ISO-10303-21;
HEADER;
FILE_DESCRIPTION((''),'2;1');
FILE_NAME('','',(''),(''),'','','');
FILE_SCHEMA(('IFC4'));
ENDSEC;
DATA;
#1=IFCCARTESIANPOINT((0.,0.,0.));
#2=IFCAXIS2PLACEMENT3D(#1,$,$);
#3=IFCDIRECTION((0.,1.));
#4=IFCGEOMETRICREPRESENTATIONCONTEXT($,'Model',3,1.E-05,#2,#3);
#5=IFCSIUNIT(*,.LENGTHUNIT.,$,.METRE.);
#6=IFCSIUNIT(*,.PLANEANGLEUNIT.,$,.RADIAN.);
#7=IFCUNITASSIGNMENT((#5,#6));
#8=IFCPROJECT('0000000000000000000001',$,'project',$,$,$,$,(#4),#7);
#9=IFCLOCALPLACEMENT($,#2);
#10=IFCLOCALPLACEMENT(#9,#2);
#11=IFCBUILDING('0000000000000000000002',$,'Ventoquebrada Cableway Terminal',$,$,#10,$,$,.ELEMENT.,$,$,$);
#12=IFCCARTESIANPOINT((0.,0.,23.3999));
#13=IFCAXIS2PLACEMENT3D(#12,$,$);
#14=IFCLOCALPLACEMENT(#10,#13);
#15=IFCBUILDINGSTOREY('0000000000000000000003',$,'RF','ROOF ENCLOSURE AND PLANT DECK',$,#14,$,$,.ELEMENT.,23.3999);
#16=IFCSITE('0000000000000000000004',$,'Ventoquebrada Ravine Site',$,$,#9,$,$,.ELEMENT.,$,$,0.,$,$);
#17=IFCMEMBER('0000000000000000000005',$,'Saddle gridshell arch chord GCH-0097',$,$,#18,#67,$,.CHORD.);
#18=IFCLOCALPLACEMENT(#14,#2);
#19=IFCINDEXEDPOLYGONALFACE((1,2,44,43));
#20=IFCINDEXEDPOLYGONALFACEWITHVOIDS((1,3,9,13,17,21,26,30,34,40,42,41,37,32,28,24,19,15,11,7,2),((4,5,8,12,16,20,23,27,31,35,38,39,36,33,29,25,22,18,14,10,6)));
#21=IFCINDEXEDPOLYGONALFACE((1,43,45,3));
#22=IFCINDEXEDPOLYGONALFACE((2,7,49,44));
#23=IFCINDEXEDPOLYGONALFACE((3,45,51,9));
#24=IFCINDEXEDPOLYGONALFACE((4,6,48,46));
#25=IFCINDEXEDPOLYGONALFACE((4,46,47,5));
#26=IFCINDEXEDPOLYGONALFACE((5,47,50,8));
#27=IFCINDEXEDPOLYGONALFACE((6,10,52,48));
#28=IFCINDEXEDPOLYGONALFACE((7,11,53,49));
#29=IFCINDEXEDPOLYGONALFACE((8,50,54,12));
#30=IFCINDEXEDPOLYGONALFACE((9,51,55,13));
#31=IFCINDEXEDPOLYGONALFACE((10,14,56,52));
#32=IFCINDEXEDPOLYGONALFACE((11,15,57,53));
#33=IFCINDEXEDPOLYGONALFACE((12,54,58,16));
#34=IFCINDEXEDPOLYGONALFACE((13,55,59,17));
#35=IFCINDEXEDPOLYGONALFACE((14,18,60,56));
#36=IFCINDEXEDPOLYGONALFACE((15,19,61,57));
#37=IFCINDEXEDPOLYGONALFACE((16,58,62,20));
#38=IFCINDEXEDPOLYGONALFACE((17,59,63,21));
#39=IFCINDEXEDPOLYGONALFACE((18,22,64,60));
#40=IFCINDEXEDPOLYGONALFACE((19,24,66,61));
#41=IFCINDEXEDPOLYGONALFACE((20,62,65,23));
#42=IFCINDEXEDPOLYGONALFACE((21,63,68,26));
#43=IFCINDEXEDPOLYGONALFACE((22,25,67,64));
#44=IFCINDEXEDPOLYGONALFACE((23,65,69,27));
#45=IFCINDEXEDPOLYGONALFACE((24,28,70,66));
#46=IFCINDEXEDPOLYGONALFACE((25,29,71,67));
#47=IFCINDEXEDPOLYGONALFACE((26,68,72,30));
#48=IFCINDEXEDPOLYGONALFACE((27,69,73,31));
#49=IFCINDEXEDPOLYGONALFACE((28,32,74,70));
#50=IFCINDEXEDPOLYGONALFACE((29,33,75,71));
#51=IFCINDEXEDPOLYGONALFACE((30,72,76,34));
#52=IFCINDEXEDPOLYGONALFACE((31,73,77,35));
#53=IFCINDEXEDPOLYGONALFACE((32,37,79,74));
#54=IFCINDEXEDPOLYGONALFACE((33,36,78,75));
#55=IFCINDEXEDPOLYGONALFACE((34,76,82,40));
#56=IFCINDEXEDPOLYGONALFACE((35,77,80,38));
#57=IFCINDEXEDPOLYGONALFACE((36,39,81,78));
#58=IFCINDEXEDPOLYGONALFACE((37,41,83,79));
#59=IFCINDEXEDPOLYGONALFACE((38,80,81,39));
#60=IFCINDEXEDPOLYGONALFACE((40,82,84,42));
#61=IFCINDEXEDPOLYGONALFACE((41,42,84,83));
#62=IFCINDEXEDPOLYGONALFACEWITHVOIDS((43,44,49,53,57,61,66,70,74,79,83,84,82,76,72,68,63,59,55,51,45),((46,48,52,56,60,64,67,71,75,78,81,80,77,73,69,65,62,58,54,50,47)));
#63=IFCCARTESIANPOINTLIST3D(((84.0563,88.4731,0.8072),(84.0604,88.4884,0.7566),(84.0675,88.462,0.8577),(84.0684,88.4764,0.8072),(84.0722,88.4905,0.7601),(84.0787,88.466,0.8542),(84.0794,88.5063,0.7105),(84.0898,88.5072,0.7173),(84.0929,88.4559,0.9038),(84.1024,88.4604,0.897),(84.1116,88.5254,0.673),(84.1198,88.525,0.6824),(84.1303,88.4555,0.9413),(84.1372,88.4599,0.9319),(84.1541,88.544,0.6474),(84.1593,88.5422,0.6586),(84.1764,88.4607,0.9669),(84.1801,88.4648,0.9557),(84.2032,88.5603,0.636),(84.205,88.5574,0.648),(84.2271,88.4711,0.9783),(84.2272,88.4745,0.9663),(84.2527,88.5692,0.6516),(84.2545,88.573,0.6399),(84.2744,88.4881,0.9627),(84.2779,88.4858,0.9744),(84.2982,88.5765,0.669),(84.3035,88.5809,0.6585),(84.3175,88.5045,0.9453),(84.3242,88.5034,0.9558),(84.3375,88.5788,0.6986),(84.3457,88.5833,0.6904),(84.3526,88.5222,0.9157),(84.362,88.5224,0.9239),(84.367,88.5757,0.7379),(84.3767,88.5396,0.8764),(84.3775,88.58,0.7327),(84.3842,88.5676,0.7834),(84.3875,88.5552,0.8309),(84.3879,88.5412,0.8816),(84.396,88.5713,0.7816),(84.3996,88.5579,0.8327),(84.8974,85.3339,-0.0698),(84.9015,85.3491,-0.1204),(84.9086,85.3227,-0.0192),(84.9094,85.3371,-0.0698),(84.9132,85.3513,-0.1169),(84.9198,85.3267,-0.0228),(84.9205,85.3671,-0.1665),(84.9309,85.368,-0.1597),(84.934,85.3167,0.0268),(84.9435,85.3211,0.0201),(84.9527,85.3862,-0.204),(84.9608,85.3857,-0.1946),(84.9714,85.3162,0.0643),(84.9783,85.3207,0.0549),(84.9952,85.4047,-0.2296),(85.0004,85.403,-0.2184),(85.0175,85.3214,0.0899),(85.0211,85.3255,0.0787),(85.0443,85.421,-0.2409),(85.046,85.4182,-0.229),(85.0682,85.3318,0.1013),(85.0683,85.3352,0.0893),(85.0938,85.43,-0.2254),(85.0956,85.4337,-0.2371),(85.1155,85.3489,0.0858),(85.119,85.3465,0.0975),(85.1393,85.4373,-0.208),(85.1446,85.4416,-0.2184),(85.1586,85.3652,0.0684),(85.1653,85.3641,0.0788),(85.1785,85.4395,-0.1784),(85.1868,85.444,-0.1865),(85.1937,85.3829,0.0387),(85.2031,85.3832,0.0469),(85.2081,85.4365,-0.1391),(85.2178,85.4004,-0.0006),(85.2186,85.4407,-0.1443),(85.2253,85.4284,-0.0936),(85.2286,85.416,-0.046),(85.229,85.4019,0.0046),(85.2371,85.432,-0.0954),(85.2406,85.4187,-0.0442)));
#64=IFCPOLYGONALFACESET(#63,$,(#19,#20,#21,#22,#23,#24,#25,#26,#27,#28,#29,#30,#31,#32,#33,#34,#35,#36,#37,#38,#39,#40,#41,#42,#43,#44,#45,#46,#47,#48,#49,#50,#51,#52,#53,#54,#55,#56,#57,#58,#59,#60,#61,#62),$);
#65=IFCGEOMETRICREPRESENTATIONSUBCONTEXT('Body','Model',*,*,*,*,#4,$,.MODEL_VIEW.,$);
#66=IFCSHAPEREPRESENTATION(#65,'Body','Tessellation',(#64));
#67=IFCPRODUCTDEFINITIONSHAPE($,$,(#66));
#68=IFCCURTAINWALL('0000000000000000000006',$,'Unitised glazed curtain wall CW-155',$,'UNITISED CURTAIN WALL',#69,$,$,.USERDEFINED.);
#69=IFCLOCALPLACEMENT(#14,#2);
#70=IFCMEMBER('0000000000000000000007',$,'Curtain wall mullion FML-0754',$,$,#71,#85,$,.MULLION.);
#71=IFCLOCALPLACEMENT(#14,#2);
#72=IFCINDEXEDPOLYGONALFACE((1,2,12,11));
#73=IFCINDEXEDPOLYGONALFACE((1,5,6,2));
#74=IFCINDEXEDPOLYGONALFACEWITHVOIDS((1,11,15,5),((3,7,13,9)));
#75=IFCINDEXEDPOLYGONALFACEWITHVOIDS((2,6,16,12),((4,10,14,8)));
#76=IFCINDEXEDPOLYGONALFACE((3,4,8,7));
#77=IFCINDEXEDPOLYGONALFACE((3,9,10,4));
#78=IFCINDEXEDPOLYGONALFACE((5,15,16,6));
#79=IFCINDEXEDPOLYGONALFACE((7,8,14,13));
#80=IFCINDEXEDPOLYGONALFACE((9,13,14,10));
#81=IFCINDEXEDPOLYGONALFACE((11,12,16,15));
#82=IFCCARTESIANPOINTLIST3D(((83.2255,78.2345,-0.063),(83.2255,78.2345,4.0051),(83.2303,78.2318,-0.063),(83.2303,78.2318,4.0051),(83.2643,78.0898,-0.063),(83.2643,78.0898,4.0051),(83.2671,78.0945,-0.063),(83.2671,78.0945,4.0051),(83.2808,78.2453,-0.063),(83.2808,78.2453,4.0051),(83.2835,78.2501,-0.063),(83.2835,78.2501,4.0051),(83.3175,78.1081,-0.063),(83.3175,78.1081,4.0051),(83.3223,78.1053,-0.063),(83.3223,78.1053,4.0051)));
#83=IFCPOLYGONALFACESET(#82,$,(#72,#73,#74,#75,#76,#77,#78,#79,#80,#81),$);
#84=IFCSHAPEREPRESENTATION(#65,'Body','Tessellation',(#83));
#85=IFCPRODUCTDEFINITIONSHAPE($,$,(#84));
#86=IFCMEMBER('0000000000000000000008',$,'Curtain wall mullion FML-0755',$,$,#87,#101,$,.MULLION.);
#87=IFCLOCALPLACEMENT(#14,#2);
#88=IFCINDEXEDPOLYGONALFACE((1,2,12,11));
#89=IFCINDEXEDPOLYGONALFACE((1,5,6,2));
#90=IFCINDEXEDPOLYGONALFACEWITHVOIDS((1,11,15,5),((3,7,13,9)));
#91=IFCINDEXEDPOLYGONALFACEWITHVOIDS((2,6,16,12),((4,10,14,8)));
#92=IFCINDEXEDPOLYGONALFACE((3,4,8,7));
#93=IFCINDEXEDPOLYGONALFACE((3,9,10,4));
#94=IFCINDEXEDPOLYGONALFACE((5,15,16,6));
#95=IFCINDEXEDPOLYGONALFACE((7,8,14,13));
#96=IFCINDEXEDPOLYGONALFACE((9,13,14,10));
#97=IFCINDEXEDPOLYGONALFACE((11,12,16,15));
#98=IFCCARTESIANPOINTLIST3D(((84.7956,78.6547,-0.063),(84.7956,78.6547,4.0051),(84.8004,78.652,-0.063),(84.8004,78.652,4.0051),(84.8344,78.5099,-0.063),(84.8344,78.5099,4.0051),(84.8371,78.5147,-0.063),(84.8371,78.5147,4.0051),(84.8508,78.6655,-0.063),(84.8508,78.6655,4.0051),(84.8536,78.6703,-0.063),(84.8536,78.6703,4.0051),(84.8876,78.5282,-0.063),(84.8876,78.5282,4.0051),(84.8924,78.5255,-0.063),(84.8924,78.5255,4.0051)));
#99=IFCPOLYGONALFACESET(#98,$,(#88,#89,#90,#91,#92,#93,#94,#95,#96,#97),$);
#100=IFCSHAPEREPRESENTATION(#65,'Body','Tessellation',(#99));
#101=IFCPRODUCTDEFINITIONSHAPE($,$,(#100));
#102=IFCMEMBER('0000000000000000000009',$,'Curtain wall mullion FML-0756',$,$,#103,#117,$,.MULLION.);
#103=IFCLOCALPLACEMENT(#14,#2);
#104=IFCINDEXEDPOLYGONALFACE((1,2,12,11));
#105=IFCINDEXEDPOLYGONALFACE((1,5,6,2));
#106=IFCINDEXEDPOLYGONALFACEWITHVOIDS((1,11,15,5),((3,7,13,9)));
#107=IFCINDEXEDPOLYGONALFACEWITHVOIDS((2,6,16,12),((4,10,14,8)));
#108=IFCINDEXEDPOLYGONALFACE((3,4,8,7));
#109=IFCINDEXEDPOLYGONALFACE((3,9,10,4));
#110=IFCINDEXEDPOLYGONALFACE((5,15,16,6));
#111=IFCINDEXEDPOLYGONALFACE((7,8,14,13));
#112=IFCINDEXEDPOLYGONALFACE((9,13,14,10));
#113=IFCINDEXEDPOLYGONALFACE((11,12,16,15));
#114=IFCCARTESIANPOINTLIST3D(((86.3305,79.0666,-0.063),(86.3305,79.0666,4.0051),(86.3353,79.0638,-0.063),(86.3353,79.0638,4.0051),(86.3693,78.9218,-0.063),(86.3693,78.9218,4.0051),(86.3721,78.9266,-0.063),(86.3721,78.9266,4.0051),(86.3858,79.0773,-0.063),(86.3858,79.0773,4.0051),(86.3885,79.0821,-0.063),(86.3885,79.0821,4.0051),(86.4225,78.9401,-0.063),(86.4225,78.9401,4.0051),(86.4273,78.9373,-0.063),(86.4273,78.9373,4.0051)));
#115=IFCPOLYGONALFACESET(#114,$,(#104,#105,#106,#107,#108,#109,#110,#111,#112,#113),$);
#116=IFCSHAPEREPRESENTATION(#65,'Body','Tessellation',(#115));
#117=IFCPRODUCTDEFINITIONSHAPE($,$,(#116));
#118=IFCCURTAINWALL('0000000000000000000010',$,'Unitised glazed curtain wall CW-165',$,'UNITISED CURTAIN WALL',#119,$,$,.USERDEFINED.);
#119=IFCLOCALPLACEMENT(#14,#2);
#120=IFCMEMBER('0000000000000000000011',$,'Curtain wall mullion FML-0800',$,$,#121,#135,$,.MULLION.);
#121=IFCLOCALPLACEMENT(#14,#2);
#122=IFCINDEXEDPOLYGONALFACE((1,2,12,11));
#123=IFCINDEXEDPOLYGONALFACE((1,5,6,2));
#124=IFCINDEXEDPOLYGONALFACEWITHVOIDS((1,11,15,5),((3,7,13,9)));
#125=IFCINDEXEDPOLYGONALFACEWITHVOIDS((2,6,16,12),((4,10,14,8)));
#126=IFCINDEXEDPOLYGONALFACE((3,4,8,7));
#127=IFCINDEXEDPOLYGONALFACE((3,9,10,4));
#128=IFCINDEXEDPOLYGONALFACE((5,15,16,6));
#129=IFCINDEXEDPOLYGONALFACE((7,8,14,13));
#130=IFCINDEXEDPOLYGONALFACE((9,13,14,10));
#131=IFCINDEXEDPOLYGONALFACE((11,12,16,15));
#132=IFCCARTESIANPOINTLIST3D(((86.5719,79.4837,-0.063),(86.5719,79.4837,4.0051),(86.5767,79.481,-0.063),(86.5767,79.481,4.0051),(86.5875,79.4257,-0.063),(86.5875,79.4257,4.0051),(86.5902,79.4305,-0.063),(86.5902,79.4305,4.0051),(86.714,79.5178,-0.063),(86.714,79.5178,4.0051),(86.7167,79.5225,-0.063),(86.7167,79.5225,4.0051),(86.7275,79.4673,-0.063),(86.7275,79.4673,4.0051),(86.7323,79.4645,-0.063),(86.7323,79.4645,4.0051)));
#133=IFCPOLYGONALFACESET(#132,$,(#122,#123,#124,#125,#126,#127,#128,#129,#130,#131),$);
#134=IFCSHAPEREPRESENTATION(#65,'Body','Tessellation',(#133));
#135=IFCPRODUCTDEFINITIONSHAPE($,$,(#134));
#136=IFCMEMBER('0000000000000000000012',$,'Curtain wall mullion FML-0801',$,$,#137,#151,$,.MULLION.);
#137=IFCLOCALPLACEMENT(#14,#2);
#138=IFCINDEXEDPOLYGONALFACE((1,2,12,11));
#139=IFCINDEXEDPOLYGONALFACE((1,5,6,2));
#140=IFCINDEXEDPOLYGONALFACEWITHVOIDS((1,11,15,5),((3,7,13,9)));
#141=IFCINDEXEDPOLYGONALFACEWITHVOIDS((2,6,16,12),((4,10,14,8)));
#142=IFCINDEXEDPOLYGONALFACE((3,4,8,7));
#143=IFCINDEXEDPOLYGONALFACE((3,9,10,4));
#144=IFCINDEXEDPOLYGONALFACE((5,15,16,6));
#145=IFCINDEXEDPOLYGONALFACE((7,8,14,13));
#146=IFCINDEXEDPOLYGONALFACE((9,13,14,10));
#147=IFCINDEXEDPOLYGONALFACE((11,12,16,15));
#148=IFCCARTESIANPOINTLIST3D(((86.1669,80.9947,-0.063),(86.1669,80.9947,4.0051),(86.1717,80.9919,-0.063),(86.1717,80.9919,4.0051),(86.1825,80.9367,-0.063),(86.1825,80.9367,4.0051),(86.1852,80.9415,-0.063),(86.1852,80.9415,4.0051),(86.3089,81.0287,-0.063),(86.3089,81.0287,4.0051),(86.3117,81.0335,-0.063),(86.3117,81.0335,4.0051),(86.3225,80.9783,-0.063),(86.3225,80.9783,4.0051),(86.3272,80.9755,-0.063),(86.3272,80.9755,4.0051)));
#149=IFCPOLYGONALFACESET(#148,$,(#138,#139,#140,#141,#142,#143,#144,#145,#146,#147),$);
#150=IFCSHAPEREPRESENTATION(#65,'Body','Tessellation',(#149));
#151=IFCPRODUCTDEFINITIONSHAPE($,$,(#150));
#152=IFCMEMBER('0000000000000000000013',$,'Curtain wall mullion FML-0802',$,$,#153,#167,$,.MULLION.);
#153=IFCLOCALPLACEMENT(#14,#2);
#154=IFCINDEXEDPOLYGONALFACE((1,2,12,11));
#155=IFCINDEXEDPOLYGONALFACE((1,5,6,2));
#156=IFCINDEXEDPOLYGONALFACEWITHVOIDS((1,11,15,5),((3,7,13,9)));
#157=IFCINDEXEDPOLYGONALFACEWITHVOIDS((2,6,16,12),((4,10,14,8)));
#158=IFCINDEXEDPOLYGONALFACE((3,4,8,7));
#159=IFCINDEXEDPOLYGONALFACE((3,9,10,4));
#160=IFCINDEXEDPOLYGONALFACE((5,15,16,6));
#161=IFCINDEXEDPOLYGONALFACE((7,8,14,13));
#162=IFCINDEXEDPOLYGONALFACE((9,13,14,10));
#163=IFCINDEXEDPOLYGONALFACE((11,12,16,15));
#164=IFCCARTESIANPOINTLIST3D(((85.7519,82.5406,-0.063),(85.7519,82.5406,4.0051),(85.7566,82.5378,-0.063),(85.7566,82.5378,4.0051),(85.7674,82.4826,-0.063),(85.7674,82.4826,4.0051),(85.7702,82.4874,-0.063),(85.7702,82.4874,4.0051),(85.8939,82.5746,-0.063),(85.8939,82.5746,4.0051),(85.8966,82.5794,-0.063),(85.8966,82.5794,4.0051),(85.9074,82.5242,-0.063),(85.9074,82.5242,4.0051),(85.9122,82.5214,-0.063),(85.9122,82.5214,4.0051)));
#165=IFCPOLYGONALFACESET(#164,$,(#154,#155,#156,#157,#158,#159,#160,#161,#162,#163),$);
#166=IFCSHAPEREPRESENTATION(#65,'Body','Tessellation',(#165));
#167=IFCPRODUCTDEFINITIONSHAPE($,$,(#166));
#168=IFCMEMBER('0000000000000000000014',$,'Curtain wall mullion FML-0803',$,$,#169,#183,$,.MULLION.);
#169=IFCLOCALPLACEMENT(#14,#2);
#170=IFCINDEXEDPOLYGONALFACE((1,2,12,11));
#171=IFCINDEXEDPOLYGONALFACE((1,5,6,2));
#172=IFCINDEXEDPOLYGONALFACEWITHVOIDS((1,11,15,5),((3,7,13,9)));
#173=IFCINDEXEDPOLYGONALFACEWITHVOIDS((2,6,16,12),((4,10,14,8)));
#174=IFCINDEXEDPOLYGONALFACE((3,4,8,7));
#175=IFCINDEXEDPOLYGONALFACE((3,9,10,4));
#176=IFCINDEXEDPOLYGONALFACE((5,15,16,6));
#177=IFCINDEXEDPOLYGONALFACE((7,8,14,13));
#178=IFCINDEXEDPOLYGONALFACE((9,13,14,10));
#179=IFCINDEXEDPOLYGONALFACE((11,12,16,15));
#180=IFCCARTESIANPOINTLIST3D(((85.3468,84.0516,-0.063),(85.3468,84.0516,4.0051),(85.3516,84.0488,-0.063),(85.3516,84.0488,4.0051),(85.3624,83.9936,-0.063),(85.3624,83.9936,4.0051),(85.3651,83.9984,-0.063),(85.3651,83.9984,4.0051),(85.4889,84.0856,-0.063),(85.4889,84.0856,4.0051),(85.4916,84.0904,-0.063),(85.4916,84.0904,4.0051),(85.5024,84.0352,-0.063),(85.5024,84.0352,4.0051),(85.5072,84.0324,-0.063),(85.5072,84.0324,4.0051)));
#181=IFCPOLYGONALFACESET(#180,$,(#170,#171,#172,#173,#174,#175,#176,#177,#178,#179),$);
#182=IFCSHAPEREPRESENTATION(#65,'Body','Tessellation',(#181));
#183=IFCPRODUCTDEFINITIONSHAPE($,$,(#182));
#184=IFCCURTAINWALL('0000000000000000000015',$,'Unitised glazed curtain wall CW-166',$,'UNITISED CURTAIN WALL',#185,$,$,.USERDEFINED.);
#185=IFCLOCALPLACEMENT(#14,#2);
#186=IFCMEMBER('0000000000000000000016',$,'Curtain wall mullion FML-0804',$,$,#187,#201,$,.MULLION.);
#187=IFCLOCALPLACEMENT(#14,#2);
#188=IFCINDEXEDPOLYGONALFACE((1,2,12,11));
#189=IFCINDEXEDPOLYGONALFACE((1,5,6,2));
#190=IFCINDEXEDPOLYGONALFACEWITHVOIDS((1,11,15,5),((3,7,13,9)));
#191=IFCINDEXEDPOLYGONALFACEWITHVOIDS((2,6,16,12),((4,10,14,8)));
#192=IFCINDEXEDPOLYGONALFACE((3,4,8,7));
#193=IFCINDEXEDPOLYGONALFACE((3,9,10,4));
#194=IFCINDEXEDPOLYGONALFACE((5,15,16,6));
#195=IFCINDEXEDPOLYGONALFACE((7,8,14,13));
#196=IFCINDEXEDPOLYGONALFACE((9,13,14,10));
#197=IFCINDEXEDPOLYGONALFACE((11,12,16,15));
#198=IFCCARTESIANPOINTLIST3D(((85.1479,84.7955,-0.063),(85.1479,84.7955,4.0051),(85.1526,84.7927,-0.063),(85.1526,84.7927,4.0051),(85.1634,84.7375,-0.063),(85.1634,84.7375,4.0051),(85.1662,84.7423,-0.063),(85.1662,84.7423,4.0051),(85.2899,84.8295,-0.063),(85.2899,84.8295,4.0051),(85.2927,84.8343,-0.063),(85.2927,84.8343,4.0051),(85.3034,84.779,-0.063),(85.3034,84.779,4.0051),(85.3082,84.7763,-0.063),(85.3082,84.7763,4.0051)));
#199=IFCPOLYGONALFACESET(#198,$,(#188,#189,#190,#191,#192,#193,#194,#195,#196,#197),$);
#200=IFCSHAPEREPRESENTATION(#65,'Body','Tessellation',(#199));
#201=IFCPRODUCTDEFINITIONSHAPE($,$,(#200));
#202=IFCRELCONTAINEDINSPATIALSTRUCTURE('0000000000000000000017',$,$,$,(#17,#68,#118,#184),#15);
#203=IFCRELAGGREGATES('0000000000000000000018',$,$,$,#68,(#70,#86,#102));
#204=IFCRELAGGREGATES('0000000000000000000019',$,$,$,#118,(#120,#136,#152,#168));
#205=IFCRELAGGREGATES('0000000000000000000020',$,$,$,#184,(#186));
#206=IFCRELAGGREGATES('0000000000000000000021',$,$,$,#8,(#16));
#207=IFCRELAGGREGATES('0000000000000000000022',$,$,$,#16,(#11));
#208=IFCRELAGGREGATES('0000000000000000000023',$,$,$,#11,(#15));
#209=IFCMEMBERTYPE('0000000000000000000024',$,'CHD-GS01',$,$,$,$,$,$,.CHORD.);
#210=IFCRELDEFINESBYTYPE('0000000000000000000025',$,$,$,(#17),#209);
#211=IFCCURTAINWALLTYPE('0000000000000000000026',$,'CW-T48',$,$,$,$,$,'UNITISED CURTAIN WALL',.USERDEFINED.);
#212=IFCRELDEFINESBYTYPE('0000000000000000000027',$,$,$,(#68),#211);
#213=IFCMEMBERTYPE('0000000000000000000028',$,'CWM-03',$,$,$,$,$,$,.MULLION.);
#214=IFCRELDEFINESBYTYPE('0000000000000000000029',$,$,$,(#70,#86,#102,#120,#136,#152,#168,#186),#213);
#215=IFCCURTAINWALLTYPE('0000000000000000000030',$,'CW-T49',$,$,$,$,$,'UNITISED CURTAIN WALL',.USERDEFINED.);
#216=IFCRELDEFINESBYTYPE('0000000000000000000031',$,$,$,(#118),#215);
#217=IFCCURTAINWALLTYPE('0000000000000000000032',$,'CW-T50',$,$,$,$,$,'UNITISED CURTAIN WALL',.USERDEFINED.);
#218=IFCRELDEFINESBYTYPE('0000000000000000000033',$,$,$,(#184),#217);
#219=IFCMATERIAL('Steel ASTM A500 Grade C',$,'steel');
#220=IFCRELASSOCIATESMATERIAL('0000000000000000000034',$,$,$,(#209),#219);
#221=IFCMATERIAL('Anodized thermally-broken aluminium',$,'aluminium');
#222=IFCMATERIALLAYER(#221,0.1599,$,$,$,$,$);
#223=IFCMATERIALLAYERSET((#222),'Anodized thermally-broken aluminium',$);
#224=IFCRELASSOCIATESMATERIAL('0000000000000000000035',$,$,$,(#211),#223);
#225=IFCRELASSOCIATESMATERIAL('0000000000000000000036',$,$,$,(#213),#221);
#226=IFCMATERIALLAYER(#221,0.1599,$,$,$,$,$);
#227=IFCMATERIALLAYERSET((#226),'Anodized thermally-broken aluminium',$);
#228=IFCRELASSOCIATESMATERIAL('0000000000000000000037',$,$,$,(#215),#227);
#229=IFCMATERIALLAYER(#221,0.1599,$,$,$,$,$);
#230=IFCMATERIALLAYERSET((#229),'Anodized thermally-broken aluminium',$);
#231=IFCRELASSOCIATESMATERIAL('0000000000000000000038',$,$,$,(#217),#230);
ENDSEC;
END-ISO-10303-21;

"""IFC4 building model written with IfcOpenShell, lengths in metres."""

from ifc_helpers import new_model, si_unit, direction, frame, origin, origin_2d, place, context, subcontext, project, spatial, hollow_rectangle, hollow_circle, extrude, material, layer, layer_set, material_profile, profile_set, type_object, element, aggregate, save


model = new_model("IFC4")

# Units and contexts
model_context = context("Model", 3, precision=1e-05, world=origin(), true_north=direction((0.0, 1.0)))
body_context = subcontext(model_context, "Body", "Model", "MODEL_VIEW")
ifc_project = project(units=[si_unit("LENGTHUNIT", "METRE"), si_unit("PLANEANGLEUNIT", "RADIAN")], contexts=[model_context])

# Site, building, storey
site_placement = place(None, origin())
site = spatial("IfcSite", under=ifc_project, at=site_placement, Name="Ventoquebrada Ravine Site", CompositionType="ELEMENT", RefElevation=0.0)
building_placement = place(site_placement, origin())
building = spatial("IfcBuilding", under=site, at=building_placement, Name="Ventoquebrada Cableway Terminal", CompositionType="ELEMENT")
storey_placement = place(building_placement, frame((0.0, 0.0, 23.3999)))
storey = spatial("IfcBuildingStorey", under=building, at=storey_placement, Name="RF", Description="ROOF ENCLOSURE AND PLANT DECK", CompositionType="ELEMENT", Elevation=23.3999)

# Member
ifc_material_1 = material(Name="Steel ASTM A500 Grade C", Category="steel")
ifc_material_profile_1 = material_profile(ifc_material_1, hollow_circle(Radius=0.1777, WallThickness=0.0125, at=origin_2d()), Name="CHS355.6X12.5")
ifc_profile_set_1 = profile_set([ifc_material_profile_1], Name="Steel ASTM A500 Grade C")
member_type_1 = type_object("IfcMemberType", Name="CHD-GS01", PredefinedType="CHORD", material=ifc_profile_set_1)
member_1_placement = place(storey_placement, frame((85.0691, 85.3799, -0.0698), z_axis=(-0.249862, 0.932575, 0.260523), x_axis=(-0.965931, -0.258799, 0.0)))
element("IfcMember", 1, at=member_1_placement, inside=storey, type_object=member_type_1, Name="Saddle gridshell arch chord GCH-0097", PredefinedType="CHORD", context=body_context, shape_type="SweptSolid", body=[
    extrude(hollow_circle(Radius=0.1777, WallThickness=0.0125, at=origin_2d()), origin(), (0.0, 0.0, 1.0), 3.3662),
])

# Curtain walls, members
ifc_material_2 = material(Name="Anodized thermally-broken aluminium", Category="aluminium")
ifc_layer_1 = layer(ifc_material_2, 0.1599)
ifc_layer_set_1 = layer_set([ifc_layer_1], Name="Anodized thermally-broken aluminium")
curtain_wall_type_1 = type_object("IfcCurtainWallType", Name="CW-T48", ElementType="UNITISED CURTAIN WALL", PredefinedType="USERDEFINED", material=ifc_layer_set_1)
curtain_wall_1_placement = place(storey_placement, origin())
curtain_wall_1 = element("IfcCurtainWall", 2, at=curtain_wall_1_placement, inside=storey, type_object=curtain_wall_type_1, Name="Unitised glazed curtain wall CW-155", ObjectType="UNITISED CURTAIN WALL", PredefinedType="USERDEFINED")
ifc_material_profile_2 = material_profile(ifc_material_2, hollow_rectangle(XDim=0.0601, YDim=0.1499, WallThickness=0.0039, at=origin_2d()), Name="CW-MUL-60X150")
ifc_profile_set_2 = profile_set([ifc_material_profile_2], Name="Anodized thermally-broken aluminium")
member_type_2 = type_object("IfcMemberType", Name="CWM-03", PredefinedType="MULLION", material=ifc_profile_set_2)
member_2_placement = place(storey_placement, frame((83.2739, 78.1699, -0.063), z_axis=(0.0, 0.0, 1.0), x_axis=(0.965935, 0.258785, 0.0)))
member_2 = element("IfcMember", 3, at=member_2_placement, type_object=member_type_2, Name="Curtain wall mullion FML-0754", PredefinedType="MULLION", context=body_context, shape_type="SweptSolid", body=[
    extrude(hollow_rectangle(XDim=0.0601, YDim=0.1499, WallThickness=0.0039, at=origin_2d()), origin(), (0.0, 0.0, 1.0), 4.0681),
])
member_3_placement = place(storey_placement, frame((84.844, 78.5901, -0.063), z_axis=(0.0, 0.0, 1.0), x_axis=(0.965935, 0.258785, 0.0)))
member_3 = element("IfcMember", 4, at=member_3_placement, type_object=member_type_2, Name="Curtain wall mullion FML-0755", PredefinedType="MULLION", context=body_context, shape_type="SweptSolid", body=[
    extrude(hollow_rectangle(XDim=0.0601, YDim=0.1499, WallThickness=0.0039, at=origin_2d()), origin(), (0.0, 0.0, 1.0), 4.0681),
])
member_4_placement = place(storey_placement, frame((86.3789, 79.002, -0.063), z_axis=(0.0, 0.0, 1.0), x_axis=(0.965935, 0.258785, 0.0)))
member_4 = element("IfcMember", 5, at=member_4_placement, type_object=member_type_2, Name="Curtain wall mullion FML-0756", PredefinedType="MULLION", context=body_context, shape_type="SweptSolid", body=[
    extrude(hollow_rectangle(XDim=0.0601, YDim=0.1499, WallThickness=0.0039, at=origin_2d()), origin(), (0.0, 0.0, 1.0), 4.0681),
])
ifc_layer_2 = layer(ifc_material_2, 0.1599)
ifc_layer_set_2 = layer_set([ifc_layer_2], Name="Anodized thermally-broken aluminium")
curtain_wall_type_2 = type_object("IfcCurtainWallType", Name="CW-T49", ElementType="UNITISED CURTAIN WALL", PredefinedType="USERDEFINED", material=ifc_layer_set_2)
curtain_wall_2_placement = place(storey_placement, origin())
curtain_wall_2 = element("IfcCurtainWall", 6, at=curtain_wall_2_placement, inside=storey, type_object=curtain_wall_type_2, Name="Unitised glazed curtain wall CW-165", ObjectType="UNITISED CURTAIN WALL", PredefinedType="USERDEFINED")
member_5_placement = place(storey_placement, frame((86.6521, 79.4741, -0.063), z_axis=(0.0, 0.0, 1.0), x_axis=(-0.258971, 0.965885, 0.0)))
member_5 = element("IfcMember", 7, at=member_5_placement, type_object=member_type_2, Name="Curtain wall mullion FML-0800", PredefinedType="MULLION", context=body_context, shape_type="SweptSolid", body=[
    extrude(hollow_rectangle(XDim=0.0601, YDim=0.1499, WallThickness=0.0039, at=origin_2d()), origin(), (0.0, 0.0, 1.0), 4.0681),
])
member_6_placement = place(storey_placement, frame((86.2471, 80.9851, -0.063), z_axis=(0.0, 0.0, 1.0), x_axis=(-0.258971, 0.965885, 0.0)))
member_6 = element("IfcMember", 8, at=member_6_placement, type_object=member_type_2, Name="Curtain wall mullion FML-0801", PredefinedType="MULLION", context=body_context, shape_type="SweptSolid", body=[
    extrude(hollow_rectangle(XDim=0.0601, YDim=0.1499, WallThickness=0.0039, at=origin_2d()), origin(), (0.0, 0.0, 1.0), 4.0681),
])
member_7_placement = place(storey_placement, frame((85.832, 82.531, -0.063), z_axis=(0.0, 0.0, 1.0), x_axis=(-0.258971, 0.965885, 0.0)))
member_7 = element("IfcMember", 9, at=member_7_placement, type_object=member_type_2, Name="Curtain wall mullion FML-0802", PredefinedType="MULLION", context=body_context, shape_type="SweptSolid", body=[
    extrude(hollow_rectangle(XDim=0.0601, YDim=0.1499, WallThickness=0.0039, at=origin_2d()), origin(), (0.0, 0.0, 1.0), 4.0681),
])
member_8_placement = place(storey_placement, frame((85.427, 84.042, -0.063), z_axis=(0.0, 0.0, 1.0), x_axis=(-0.258971, 0.965885, 0.0)))
member_8 = element("IfcMember", 10, at=member_8_placement, type_object=member_type_2, Name="Curtain wall mullion FML-0803", PredefinedType="MULLION", context=body_context, shape_type="SweptSolid", body=[
    extrude(hollow_rectangle(XDim=0.0601, YDim=0.1499, WallThickness=0.0039, at=origin_2d()), origin(), (0.0, 0.0, 1.0), 4.0681),
])

# Curtain wall, member
ifc_layer_3 = layer(ifc_material_2, 0.1599)
ifc_layer_set_3 = layer_set([ifc_layer_3], Name="Anodized thermally-broken aluminium")
curtain_wall_type_3 = type_object("IfcCurtainWallType", Name="CW-T50", ElementType="UNITISED CURTAIN WALL", PredefinedType="USERDEFINED", material=ifc_layer_set_3)
curtain_wall_3_placement = place(storey_placement, origin())
curtain_wall_3 = element("IfcCurtainWall", 11, at=curtain_wall_3_placement, inside=storey, type_object=curtain_wall_type_3, Name="Unitised glazed curtain wall CW-166", ObjectType="UNITISED CURTAIN WALL", PredefinedType="USERDEFINED")
member_9_placement = place(storey_placement, frame((85.228, 84.7859, -0.063), z_axis=(0.0, 0.0, 1.0), x_axis=(-0.258802, 0.96593, 0.0)))
member_9 = element("IfcMember", 12, at=member_9_placement, type_object=member_type_2, Name="Curtain wall mullion FML-0804", PredefinedType="MULLION", context=body_context, shape_type="SweptSolid", body=[
    extrude(hollow_rectangle(XDim=0.0601, YDim=0.1499, WallThickness=0.0039, at=origin_2d()), origin(), (0.0, 0.0, 1.0), 4.0681),
])

aggregate(curtain_wall_1, [member_2, member_3, member_4])
aggregate(curtain_wall_2, [member_5, member_6, member_7, member_8])
aggregate(curtain_wall_3, [member_9])

save(model, "model.ifc")
